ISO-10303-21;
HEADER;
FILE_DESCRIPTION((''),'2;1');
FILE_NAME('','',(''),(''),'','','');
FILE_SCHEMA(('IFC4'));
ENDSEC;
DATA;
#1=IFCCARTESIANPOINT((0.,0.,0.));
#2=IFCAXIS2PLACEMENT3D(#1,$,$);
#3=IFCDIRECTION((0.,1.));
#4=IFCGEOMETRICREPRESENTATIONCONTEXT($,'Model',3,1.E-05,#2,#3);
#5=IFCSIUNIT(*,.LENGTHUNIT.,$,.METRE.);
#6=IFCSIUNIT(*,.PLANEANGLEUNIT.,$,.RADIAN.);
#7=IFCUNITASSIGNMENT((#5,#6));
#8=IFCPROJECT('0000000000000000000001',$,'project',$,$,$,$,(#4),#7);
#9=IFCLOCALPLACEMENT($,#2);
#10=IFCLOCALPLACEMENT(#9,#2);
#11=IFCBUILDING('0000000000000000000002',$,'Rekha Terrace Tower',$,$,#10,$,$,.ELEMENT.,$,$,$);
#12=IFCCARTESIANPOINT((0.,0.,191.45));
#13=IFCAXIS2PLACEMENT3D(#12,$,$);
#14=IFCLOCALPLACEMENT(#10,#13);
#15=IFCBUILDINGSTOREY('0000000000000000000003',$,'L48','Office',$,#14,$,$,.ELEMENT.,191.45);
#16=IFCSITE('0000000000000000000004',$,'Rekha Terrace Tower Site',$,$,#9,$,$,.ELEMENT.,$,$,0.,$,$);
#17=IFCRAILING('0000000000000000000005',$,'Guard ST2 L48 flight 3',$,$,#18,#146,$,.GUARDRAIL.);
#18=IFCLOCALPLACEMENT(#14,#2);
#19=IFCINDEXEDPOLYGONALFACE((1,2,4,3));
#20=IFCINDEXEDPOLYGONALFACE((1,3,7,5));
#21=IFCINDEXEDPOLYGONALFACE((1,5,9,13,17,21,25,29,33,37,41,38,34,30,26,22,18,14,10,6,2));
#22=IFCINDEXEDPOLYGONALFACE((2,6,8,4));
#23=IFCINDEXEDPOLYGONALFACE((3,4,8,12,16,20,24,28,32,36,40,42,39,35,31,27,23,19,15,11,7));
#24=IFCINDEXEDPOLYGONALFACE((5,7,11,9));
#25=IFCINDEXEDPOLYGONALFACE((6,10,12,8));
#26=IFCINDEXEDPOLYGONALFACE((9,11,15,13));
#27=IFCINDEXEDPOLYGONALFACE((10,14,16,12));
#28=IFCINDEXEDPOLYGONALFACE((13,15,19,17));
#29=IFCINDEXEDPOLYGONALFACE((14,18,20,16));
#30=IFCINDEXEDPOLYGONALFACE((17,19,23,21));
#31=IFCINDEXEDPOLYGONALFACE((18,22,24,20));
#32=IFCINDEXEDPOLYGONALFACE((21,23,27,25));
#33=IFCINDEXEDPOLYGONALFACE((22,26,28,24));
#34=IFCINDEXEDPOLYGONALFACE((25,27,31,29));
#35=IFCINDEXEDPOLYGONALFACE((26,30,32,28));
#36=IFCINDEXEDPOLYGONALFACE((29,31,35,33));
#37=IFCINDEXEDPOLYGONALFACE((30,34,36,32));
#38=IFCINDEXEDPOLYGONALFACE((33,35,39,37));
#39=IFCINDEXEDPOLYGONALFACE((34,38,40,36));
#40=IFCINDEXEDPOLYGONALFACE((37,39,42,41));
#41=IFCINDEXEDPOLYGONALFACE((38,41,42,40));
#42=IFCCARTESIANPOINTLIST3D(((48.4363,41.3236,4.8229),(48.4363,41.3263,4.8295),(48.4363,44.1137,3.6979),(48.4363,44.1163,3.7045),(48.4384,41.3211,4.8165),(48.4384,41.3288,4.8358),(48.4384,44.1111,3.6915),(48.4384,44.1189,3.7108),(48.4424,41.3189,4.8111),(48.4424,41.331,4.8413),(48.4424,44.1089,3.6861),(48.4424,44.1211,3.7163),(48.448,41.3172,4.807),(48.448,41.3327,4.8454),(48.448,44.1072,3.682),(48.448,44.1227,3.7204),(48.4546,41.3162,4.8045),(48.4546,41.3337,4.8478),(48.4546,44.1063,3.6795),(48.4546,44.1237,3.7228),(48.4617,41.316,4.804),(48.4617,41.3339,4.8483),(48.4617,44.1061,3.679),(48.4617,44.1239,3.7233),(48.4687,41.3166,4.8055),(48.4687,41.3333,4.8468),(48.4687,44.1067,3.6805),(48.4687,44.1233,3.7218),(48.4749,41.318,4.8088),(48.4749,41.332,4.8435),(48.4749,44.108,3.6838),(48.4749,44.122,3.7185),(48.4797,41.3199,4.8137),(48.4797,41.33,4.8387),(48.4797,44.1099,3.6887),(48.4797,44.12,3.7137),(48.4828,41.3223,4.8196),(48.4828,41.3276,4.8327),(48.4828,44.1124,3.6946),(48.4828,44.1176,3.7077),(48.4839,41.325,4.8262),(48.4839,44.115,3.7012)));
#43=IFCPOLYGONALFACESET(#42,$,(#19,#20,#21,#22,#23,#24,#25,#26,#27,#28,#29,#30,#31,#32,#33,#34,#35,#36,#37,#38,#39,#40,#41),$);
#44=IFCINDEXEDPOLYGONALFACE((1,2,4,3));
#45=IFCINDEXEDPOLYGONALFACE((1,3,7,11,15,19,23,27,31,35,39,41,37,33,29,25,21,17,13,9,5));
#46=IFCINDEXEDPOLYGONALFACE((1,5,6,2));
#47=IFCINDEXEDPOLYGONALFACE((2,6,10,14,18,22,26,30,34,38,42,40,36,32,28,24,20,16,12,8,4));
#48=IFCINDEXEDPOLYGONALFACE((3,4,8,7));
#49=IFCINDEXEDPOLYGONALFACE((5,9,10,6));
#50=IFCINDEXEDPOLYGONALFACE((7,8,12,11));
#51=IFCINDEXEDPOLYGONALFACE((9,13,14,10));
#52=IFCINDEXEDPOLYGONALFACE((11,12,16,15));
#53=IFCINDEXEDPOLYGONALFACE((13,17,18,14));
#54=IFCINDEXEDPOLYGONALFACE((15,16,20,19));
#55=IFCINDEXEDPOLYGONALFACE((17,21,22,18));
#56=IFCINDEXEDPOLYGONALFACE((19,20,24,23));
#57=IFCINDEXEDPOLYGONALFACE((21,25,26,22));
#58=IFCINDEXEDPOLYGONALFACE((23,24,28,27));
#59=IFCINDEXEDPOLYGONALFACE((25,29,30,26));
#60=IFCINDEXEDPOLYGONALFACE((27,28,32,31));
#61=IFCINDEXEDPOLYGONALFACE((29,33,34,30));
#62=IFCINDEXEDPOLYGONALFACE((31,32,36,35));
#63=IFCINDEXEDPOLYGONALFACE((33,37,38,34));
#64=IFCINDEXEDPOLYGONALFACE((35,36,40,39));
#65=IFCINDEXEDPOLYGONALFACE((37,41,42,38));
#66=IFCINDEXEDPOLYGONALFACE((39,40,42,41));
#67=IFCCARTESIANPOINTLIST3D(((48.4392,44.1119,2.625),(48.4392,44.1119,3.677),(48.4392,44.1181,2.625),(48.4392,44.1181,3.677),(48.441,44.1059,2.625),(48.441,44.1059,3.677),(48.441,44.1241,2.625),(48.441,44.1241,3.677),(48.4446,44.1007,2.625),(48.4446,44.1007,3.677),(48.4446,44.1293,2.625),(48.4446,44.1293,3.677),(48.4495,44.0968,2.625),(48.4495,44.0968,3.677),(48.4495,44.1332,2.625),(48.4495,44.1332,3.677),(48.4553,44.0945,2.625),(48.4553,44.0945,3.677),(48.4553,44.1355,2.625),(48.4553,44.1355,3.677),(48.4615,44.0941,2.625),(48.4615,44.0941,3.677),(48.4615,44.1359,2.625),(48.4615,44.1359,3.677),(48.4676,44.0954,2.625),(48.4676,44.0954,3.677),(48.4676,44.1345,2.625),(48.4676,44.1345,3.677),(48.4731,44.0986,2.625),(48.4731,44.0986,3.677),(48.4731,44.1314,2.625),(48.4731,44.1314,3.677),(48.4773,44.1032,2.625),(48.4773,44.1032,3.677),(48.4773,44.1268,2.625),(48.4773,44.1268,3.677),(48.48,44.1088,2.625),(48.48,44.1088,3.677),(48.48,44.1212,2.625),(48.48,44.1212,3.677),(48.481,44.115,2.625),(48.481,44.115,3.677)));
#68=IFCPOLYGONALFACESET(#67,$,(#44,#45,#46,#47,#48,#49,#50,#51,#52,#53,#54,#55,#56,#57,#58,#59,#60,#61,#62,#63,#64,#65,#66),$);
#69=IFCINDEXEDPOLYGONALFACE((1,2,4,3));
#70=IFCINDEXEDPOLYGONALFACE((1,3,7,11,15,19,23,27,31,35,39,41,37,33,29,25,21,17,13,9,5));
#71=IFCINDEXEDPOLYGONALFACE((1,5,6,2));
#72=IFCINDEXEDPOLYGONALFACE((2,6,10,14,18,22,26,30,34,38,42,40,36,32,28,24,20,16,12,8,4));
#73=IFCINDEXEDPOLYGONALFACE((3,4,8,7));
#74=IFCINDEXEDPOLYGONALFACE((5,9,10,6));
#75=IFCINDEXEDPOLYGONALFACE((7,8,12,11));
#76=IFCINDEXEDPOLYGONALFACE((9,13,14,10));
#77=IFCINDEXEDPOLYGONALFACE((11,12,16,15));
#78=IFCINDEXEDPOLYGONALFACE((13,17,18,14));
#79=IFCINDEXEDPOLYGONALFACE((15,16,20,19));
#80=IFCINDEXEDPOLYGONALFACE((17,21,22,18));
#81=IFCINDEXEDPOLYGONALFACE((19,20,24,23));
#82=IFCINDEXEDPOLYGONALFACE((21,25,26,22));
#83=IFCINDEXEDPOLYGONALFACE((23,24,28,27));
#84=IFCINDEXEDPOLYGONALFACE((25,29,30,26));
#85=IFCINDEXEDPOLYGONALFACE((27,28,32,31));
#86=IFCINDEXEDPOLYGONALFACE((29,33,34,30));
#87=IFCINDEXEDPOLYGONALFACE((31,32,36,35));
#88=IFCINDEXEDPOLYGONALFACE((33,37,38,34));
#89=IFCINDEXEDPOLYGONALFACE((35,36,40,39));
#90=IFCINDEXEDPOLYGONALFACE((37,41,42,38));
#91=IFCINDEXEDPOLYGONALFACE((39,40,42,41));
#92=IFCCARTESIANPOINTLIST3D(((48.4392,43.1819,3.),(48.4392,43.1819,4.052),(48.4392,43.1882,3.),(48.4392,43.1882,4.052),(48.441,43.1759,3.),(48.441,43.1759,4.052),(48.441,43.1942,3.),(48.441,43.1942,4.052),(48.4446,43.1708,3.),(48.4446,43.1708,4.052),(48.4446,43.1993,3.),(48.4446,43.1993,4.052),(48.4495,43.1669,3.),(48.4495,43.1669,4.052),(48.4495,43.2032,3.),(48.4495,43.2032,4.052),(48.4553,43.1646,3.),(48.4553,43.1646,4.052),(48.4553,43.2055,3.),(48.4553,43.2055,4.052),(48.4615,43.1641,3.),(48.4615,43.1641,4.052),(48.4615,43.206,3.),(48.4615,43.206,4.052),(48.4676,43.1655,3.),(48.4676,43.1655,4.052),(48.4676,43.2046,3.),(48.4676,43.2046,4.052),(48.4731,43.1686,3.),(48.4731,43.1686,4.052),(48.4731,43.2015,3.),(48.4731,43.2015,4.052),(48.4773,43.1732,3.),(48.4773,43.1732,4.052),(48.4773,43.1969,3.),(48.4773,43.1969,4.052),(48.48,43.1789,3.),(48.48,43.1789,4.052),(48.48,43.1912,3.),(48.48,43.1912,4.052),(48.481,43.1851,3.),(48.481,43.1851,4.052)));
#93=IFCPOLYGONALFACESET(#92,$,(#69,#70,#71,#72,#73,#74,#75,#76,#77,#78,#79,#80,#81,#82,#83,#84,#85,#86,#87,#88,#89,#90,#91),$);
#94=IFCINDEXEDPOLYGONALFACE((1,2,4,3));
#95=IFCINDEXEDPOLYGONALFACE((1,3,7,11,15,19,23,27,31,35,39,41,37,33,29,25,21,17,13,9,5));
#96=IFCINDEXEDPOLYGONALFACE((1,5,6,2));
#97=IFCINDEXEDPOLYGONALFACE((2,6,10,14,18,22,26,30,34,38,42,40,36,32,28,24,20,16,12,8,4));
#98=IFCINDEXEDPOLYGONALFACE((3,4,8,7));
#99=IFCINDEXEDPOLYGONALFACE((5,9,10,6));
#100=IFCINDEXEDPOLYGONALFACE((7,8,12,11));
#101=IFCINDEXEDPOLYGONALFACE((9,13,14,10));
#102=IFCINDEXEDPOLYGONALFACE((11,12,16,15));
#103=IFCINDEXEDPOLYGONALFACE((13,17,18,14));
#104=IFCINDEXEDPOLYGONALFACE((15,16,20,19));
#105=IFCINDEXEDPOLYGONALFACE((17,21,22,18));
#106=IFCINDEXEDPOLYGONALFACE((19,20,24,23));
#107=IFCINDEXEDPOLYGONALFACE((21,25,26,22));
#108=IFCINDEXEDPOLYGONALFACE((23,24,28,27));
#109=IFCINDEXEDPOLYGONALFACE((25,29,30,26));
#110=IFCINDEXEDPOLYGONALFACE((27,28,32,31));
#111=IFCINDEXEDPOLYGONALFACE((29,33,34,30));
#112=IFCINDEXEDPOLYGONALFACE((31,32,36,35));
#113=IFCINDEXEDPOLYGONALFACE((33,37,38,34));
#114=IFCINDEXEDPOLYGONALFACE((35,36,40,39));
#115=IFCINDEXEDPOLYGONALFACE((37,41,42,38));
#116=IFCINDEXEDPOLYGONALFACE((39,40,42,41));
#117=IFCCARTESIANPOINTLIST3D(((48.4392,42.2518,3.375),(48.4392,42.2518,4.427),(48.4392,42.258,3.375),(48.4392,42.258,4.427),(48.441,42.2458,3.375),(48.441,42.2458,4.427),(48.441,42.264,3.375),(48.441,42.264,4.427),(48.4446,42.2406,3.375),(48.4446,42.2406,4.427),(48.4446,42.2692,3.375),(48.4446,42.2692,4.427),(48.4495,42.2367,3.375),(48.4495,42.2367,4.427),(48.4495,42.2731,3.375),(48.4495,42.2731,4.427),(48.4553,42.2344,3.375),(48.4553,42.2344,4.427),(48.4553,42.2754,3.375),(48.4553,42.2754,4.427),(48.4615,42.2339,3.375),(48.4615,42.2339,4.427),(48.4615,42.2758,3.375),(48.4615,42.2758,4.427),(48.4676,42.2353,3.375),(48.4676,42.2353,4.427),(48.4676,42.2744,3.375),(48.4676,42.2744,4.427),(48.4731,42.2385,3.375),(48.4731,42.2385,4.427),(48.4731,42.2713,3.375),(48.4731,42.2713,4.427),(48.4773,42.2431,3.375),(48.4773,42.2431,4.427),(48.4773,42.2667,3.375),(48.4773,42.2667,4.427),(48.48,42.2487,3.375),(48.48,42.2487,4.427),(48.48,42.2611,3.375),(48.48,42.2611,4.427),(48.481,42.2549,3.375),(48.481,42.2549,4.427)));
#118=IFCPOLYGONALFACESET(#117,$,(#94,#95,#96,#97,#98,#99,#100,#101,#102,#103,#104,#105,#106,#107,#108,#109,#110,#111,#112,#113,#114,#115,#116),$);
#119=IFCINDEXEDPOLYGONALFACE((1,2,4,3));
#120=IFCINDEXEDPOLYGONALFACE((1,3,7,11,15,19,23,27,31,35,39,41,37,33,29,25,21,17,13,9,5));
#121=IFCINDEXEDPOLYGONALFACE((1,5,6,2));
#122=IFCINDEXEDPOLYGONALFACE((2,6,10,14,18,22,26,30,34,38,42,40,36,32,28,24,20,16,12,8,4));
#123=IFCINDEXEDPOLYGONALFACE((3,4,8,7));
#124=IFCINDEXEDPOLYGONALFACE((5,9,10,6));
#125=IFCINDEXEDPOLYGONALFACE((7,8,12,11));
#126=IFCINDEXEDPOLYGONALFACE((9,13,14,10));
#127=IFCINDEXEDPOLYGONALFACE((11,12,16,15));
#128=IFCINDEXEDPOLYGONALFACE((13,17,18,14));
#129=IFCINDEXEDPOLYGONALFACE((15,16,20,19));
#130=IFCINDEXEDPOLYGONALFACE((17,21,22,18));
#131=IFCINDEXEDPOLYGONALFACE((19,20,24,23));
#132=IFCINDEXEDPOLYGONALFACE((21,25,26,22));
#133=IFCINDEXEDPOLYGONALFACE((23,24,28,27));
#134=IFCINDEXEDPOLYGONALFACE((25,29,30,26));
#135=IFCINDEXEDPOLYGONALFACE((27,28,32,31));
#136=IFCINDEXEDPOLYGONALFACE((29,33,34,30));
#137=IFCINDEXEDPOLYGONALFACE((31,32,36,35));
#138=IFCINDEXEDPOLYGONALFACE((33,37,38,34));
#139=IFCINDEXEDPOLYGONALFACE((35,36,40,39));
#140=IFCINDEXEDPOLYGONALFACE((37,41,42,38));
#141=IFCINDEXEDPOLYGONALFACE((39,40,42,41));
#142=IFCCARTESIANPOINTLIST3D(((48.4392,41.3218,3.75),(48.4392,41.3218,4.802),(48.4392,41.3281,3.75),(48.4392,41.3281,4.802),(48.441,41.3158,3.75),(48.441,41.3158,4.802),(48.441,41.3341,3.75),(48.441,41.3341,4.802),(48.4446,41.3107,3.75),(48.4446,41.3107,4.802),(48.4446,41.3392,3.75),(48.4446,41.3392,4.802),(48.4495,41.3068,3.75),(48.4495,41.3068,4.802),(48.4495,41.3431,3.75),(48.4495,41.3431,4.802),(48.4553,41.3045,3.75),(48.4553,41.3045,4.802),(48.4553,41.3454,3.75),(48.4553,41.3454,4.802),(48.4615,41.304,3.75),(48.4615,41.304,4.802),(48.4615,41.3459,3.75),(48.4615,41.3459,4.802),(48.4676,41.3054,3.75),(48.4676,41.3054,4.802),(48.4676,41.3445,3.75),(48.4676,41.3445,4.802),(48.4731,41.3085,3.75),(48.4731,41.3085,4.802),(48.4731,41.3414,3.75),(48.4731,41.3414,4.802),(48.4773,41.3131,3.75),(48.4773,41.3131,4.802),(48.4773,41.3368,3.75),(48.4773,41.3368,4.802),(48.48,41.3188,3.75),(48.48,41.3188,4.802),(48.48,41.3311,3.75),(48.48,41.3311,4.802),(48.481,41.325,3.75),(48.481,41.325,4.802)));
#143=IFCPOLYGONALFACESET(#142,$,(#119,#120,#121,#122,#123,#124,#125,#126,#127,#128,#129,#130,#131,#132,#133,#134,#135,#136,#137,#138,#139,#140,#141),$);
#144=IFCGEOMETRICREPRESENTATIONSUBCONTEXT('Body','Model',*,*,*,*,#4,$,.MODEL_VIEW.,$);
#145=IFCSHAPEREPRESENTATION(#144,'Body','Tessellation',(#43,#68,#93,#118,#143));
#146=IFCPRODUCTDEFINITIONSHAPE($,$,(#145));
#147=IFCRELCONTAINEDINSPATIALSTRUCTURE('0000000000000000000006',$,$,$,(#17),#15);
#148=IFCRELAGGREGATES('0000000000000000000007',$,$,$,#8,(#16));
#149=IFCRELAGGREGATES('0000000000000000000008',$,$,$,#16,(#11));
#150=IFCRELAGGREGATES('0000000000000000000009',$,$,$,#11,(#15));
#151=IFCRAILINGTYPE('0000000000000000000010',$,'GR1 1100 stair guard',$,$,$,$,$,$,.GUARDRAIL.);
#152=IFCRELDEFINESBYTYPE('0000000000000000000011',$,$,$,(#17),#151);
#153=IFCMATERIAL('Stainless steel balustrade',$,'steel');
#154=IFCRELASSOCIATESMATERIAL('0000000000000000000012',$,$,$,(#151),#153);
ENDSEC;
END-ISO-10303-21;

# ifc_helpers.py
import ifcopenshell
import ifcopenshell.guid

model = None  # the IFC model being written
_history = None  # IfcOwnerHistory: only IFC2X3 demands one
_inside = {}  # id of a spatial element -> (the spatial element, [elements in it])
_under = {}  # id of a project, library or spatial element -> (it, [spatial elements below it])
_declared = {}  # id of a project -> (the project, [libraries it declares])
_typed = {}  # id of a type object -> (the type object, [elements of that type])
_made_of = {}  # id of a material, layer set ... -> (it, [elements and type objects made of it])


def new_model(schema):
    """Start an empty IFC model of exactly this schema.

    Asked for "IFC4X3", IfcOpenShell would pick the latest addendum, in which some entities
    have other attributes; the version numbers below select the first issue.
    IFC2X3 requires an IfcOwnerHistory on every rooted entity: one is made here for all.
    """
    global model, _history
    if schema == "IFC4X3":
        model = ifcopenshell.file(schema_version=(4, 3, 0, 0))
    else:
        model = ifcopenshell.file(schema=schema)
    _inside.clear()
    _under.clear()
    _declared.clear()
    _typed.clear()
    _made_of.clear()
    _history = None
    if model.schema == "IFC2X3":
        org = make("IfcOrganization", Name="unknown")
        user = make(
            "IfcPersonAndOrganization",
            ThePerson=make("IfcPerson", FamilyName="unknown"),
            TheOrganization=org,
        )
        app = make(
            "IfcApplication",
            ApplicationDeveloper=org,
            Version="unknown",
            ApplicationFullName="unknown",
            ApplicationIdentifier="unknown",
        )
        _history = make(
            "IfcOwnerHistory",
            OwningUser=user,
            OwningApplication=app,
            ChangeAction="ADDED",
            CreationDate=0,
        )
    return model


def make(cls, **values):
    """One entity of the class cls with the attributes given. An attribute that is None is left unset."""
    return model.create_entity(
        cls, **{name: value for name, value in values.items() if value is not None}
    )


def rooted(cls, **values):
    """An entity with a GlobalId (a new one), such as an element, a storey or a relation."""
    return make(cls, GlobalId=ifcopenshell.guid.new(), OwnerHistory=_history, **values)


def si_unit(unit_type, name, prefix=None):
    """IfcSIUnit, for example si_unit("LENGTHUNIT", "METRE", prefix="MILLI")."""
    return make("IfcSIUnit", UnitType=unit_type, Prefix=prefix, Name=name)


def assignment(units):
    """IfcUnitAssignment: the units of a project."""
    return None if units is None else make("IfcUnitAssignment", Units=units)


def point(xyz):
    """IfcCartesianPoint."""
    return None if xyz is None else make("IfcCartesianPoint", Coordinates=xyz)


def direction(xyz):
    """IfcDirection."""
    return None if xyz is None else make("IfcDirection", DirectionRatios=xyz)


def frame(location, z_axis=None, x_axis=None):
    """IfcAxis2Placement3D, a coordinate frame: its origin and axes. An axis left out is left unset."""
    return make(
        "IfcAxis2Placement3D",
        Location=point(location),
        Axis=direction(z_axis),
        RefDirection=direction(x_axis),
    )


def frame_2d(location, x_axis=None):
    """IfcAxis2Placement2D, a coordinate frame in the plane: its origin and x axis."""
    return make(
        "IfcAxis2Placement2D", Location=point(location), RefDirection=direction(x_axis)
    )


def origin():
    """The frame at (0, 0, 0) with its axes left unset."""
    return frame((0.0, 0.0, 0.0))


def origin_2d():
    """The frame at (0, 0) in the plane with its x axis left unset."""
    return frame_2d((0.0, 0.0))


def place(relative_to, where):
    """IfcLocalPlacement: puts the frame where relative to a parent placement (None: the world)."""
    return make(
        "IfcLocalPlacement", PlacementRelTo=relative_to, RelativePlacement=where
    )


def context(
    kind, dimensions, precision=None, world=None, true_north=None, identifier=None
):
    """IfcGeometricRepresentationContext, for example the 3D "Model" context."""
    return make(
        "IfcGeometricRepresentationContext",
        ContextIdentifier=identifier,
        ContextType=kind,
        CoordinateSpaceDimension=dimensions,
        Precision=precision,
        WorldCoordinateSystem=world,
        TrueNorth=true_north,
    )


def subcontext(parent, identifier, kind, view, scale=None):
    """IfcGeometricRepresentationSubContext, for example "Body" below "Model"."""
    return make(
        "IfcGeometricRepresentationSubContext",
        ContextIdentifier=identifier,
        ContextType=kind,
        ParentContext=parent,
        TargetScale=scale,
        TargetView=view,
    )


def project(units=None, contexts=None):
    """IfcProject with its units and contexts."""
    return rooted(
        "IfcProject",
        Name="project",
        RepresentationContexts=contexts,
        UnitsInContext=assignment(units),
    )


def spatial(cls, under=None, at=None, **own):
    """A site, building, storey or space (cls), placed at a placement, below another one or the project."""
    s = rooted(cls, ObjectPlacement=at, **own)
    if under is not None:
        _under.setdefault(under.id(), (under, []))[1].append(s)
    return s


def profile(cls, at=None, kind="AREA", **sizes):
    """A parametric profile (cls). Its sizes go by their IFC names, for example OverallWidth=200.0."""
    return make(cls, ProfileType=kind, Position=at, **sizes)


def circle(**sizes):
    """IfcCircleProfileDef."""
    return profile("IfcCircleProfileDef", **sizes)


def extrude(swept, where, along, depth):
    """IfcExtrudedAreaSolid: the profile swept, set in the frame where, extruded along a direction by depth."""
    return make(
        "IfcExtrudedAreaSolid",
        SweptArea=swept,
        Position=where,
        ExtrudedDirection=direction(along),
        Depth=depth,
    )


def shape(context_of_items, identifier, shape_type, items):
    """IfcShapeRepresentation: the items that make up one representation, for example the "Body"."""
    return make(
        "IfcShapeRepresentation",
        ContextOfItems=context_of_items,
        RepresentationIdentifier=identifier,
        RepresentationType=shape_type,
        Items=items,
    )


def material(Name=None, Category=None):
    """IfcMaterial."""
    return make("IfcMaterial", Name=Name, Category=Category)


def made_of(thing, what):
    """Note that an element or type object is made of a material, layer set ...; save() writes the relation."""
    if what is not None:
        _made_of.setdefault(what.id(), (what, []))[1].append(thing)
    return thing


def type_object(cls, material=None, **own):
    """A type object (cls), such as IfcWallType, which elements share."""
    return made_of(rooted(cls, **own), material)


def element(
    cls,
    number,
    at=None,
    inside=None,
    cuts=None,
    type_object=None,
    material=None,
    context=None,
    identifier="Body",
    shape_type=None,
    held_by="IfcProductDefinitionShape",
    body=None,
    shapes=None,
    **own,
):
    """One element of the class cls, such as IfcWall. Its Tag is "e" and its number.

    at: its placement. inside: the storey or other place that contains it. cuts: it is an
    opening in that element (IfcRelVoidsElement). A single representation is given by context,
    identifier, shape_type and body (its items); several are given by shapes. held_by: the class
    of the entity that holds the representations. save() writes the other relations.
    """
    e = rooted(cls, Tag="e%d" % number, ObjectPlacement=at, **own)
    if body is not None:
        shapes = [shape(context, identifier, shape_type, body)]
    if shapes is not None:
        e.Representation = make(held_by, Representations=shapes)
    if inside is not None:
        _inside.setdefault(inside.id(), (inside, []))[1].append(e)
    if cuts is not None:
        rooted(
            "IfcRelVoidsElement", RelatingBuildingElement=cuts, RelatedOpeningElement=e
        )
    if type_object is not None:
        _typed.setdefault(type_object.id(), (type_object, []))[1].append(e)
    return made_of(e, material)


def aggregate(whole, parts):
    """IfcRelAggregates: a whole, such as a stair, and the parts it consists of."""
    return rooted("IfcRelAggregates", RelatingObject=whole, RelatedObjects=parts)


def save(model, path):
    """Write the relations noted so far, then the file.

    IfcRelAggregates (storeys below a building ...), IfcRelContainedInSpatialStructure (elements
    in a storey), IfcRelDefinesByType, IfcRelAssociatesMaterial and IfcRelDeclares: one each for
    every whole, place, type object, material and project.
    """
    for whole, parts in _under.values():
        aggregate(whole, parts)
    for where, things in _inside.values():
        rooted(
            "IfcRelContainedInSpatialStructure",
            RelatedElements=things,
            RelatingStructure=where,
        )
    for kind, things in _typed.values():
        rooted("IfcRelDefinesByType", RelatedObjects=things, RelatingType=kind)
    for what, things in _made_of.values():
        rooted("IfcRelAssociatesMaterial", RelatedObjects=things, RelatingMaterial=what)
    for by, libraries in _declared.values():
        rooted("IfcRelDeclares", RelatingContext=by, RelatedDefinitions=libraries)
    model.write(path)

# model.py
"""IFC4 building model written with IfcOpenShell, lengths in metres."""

from ifc_helpers import new_model, si_unit, direction, frame, origin, origin_2d, place, context, subcontext, project, spatial, circle, extrude, material, type_object, element, save


model = new_model("IFC4")

# Units and contexts
model_context = context("Model", 3, precision=1e-05, world=origin(), true_north=direction((0.0, 1.0)))
body_context = subcontext(model_context, "Body", "Model", "MODEL_VIEW")
ifc_project = project(units=[si_unit("LENGTHUNIT", "METRE"), si_unit("PLANEANGLEUNIT", "RADIAN")], contexts=[model_context])

# Site, building, storey
site_placement = place(None, origin())
site = spatial("IfcSite", under=ifc_project, at=site_placement, Name="Rekha Terrace Tower Site", CompositionType="ELEMENT", RefElevation=0.0)
building_placement = place(site_placement, origin())
building = spatial("IfcBuilding", under=site, at=building_placement, Name="Rekha Terrace Tower", CompositionType="ELEMENT")
storey_placement = place(building_placement, frame((0.0, 0.0, 191.45)))
storey = spatial("IfcBuildingStorey", under=building, at=storey_placement, Name="L48", Description="Office", CompositionType="ELEMENT", Elevation=191.45)

# Railing
ifc_material_1 = material(Name="Stainless steel balustrade", Category="steel")
railing_type_1 = type_object("IfcRailingType", Name="GR1 1100 stair guard", PredefinedType="GUARDRAIL", material=ifc_material_1)
railing_1_placement = place(storey_placement, frame((48.46, 44.115, 2.625)))
element("IfcRailing", 1, at=railing_1_placement, inside=storey, type_object=railing_type_1, Name="Guard ST2 L48 flight 3", PredefinedType="GUARDRAIL", context=body_context, shape_type="SweptSolid", body=[
    extrude(circle(Radius=0.0239, at=origin_2d()), frame((0.0, 0.0, 1.0762), z_axis=(0.0, -0.927443, 0.373964), x_axis=(1.0, 0.0, 0.0)), (0.0, 0.0, 1.0), 3.0083),
    extrude(circle(Radius=0.021, at=origin_2d()), origin(), (0.0, 0.0, 1.0), 1.052),
    extrude(circle(Radius=0.021, at=origin_2d()), frame((0.0, -0.9299, 0.375)), (0.0, 0.0, 1.0), 1.052),
    extrude(circle(Radius=0.021, at=origin_2d()), frame((0.0, -1.8601, 0.75)), (0.0, 0.0, 1.0), 1.052),
    extrude(circle(Radius=0.021, at=origin_2d()), frame((0.0, -2.79, 1.125)), (0.0, 0.0, 1.0), 1.052),
])

save(model, "model.ifc")
